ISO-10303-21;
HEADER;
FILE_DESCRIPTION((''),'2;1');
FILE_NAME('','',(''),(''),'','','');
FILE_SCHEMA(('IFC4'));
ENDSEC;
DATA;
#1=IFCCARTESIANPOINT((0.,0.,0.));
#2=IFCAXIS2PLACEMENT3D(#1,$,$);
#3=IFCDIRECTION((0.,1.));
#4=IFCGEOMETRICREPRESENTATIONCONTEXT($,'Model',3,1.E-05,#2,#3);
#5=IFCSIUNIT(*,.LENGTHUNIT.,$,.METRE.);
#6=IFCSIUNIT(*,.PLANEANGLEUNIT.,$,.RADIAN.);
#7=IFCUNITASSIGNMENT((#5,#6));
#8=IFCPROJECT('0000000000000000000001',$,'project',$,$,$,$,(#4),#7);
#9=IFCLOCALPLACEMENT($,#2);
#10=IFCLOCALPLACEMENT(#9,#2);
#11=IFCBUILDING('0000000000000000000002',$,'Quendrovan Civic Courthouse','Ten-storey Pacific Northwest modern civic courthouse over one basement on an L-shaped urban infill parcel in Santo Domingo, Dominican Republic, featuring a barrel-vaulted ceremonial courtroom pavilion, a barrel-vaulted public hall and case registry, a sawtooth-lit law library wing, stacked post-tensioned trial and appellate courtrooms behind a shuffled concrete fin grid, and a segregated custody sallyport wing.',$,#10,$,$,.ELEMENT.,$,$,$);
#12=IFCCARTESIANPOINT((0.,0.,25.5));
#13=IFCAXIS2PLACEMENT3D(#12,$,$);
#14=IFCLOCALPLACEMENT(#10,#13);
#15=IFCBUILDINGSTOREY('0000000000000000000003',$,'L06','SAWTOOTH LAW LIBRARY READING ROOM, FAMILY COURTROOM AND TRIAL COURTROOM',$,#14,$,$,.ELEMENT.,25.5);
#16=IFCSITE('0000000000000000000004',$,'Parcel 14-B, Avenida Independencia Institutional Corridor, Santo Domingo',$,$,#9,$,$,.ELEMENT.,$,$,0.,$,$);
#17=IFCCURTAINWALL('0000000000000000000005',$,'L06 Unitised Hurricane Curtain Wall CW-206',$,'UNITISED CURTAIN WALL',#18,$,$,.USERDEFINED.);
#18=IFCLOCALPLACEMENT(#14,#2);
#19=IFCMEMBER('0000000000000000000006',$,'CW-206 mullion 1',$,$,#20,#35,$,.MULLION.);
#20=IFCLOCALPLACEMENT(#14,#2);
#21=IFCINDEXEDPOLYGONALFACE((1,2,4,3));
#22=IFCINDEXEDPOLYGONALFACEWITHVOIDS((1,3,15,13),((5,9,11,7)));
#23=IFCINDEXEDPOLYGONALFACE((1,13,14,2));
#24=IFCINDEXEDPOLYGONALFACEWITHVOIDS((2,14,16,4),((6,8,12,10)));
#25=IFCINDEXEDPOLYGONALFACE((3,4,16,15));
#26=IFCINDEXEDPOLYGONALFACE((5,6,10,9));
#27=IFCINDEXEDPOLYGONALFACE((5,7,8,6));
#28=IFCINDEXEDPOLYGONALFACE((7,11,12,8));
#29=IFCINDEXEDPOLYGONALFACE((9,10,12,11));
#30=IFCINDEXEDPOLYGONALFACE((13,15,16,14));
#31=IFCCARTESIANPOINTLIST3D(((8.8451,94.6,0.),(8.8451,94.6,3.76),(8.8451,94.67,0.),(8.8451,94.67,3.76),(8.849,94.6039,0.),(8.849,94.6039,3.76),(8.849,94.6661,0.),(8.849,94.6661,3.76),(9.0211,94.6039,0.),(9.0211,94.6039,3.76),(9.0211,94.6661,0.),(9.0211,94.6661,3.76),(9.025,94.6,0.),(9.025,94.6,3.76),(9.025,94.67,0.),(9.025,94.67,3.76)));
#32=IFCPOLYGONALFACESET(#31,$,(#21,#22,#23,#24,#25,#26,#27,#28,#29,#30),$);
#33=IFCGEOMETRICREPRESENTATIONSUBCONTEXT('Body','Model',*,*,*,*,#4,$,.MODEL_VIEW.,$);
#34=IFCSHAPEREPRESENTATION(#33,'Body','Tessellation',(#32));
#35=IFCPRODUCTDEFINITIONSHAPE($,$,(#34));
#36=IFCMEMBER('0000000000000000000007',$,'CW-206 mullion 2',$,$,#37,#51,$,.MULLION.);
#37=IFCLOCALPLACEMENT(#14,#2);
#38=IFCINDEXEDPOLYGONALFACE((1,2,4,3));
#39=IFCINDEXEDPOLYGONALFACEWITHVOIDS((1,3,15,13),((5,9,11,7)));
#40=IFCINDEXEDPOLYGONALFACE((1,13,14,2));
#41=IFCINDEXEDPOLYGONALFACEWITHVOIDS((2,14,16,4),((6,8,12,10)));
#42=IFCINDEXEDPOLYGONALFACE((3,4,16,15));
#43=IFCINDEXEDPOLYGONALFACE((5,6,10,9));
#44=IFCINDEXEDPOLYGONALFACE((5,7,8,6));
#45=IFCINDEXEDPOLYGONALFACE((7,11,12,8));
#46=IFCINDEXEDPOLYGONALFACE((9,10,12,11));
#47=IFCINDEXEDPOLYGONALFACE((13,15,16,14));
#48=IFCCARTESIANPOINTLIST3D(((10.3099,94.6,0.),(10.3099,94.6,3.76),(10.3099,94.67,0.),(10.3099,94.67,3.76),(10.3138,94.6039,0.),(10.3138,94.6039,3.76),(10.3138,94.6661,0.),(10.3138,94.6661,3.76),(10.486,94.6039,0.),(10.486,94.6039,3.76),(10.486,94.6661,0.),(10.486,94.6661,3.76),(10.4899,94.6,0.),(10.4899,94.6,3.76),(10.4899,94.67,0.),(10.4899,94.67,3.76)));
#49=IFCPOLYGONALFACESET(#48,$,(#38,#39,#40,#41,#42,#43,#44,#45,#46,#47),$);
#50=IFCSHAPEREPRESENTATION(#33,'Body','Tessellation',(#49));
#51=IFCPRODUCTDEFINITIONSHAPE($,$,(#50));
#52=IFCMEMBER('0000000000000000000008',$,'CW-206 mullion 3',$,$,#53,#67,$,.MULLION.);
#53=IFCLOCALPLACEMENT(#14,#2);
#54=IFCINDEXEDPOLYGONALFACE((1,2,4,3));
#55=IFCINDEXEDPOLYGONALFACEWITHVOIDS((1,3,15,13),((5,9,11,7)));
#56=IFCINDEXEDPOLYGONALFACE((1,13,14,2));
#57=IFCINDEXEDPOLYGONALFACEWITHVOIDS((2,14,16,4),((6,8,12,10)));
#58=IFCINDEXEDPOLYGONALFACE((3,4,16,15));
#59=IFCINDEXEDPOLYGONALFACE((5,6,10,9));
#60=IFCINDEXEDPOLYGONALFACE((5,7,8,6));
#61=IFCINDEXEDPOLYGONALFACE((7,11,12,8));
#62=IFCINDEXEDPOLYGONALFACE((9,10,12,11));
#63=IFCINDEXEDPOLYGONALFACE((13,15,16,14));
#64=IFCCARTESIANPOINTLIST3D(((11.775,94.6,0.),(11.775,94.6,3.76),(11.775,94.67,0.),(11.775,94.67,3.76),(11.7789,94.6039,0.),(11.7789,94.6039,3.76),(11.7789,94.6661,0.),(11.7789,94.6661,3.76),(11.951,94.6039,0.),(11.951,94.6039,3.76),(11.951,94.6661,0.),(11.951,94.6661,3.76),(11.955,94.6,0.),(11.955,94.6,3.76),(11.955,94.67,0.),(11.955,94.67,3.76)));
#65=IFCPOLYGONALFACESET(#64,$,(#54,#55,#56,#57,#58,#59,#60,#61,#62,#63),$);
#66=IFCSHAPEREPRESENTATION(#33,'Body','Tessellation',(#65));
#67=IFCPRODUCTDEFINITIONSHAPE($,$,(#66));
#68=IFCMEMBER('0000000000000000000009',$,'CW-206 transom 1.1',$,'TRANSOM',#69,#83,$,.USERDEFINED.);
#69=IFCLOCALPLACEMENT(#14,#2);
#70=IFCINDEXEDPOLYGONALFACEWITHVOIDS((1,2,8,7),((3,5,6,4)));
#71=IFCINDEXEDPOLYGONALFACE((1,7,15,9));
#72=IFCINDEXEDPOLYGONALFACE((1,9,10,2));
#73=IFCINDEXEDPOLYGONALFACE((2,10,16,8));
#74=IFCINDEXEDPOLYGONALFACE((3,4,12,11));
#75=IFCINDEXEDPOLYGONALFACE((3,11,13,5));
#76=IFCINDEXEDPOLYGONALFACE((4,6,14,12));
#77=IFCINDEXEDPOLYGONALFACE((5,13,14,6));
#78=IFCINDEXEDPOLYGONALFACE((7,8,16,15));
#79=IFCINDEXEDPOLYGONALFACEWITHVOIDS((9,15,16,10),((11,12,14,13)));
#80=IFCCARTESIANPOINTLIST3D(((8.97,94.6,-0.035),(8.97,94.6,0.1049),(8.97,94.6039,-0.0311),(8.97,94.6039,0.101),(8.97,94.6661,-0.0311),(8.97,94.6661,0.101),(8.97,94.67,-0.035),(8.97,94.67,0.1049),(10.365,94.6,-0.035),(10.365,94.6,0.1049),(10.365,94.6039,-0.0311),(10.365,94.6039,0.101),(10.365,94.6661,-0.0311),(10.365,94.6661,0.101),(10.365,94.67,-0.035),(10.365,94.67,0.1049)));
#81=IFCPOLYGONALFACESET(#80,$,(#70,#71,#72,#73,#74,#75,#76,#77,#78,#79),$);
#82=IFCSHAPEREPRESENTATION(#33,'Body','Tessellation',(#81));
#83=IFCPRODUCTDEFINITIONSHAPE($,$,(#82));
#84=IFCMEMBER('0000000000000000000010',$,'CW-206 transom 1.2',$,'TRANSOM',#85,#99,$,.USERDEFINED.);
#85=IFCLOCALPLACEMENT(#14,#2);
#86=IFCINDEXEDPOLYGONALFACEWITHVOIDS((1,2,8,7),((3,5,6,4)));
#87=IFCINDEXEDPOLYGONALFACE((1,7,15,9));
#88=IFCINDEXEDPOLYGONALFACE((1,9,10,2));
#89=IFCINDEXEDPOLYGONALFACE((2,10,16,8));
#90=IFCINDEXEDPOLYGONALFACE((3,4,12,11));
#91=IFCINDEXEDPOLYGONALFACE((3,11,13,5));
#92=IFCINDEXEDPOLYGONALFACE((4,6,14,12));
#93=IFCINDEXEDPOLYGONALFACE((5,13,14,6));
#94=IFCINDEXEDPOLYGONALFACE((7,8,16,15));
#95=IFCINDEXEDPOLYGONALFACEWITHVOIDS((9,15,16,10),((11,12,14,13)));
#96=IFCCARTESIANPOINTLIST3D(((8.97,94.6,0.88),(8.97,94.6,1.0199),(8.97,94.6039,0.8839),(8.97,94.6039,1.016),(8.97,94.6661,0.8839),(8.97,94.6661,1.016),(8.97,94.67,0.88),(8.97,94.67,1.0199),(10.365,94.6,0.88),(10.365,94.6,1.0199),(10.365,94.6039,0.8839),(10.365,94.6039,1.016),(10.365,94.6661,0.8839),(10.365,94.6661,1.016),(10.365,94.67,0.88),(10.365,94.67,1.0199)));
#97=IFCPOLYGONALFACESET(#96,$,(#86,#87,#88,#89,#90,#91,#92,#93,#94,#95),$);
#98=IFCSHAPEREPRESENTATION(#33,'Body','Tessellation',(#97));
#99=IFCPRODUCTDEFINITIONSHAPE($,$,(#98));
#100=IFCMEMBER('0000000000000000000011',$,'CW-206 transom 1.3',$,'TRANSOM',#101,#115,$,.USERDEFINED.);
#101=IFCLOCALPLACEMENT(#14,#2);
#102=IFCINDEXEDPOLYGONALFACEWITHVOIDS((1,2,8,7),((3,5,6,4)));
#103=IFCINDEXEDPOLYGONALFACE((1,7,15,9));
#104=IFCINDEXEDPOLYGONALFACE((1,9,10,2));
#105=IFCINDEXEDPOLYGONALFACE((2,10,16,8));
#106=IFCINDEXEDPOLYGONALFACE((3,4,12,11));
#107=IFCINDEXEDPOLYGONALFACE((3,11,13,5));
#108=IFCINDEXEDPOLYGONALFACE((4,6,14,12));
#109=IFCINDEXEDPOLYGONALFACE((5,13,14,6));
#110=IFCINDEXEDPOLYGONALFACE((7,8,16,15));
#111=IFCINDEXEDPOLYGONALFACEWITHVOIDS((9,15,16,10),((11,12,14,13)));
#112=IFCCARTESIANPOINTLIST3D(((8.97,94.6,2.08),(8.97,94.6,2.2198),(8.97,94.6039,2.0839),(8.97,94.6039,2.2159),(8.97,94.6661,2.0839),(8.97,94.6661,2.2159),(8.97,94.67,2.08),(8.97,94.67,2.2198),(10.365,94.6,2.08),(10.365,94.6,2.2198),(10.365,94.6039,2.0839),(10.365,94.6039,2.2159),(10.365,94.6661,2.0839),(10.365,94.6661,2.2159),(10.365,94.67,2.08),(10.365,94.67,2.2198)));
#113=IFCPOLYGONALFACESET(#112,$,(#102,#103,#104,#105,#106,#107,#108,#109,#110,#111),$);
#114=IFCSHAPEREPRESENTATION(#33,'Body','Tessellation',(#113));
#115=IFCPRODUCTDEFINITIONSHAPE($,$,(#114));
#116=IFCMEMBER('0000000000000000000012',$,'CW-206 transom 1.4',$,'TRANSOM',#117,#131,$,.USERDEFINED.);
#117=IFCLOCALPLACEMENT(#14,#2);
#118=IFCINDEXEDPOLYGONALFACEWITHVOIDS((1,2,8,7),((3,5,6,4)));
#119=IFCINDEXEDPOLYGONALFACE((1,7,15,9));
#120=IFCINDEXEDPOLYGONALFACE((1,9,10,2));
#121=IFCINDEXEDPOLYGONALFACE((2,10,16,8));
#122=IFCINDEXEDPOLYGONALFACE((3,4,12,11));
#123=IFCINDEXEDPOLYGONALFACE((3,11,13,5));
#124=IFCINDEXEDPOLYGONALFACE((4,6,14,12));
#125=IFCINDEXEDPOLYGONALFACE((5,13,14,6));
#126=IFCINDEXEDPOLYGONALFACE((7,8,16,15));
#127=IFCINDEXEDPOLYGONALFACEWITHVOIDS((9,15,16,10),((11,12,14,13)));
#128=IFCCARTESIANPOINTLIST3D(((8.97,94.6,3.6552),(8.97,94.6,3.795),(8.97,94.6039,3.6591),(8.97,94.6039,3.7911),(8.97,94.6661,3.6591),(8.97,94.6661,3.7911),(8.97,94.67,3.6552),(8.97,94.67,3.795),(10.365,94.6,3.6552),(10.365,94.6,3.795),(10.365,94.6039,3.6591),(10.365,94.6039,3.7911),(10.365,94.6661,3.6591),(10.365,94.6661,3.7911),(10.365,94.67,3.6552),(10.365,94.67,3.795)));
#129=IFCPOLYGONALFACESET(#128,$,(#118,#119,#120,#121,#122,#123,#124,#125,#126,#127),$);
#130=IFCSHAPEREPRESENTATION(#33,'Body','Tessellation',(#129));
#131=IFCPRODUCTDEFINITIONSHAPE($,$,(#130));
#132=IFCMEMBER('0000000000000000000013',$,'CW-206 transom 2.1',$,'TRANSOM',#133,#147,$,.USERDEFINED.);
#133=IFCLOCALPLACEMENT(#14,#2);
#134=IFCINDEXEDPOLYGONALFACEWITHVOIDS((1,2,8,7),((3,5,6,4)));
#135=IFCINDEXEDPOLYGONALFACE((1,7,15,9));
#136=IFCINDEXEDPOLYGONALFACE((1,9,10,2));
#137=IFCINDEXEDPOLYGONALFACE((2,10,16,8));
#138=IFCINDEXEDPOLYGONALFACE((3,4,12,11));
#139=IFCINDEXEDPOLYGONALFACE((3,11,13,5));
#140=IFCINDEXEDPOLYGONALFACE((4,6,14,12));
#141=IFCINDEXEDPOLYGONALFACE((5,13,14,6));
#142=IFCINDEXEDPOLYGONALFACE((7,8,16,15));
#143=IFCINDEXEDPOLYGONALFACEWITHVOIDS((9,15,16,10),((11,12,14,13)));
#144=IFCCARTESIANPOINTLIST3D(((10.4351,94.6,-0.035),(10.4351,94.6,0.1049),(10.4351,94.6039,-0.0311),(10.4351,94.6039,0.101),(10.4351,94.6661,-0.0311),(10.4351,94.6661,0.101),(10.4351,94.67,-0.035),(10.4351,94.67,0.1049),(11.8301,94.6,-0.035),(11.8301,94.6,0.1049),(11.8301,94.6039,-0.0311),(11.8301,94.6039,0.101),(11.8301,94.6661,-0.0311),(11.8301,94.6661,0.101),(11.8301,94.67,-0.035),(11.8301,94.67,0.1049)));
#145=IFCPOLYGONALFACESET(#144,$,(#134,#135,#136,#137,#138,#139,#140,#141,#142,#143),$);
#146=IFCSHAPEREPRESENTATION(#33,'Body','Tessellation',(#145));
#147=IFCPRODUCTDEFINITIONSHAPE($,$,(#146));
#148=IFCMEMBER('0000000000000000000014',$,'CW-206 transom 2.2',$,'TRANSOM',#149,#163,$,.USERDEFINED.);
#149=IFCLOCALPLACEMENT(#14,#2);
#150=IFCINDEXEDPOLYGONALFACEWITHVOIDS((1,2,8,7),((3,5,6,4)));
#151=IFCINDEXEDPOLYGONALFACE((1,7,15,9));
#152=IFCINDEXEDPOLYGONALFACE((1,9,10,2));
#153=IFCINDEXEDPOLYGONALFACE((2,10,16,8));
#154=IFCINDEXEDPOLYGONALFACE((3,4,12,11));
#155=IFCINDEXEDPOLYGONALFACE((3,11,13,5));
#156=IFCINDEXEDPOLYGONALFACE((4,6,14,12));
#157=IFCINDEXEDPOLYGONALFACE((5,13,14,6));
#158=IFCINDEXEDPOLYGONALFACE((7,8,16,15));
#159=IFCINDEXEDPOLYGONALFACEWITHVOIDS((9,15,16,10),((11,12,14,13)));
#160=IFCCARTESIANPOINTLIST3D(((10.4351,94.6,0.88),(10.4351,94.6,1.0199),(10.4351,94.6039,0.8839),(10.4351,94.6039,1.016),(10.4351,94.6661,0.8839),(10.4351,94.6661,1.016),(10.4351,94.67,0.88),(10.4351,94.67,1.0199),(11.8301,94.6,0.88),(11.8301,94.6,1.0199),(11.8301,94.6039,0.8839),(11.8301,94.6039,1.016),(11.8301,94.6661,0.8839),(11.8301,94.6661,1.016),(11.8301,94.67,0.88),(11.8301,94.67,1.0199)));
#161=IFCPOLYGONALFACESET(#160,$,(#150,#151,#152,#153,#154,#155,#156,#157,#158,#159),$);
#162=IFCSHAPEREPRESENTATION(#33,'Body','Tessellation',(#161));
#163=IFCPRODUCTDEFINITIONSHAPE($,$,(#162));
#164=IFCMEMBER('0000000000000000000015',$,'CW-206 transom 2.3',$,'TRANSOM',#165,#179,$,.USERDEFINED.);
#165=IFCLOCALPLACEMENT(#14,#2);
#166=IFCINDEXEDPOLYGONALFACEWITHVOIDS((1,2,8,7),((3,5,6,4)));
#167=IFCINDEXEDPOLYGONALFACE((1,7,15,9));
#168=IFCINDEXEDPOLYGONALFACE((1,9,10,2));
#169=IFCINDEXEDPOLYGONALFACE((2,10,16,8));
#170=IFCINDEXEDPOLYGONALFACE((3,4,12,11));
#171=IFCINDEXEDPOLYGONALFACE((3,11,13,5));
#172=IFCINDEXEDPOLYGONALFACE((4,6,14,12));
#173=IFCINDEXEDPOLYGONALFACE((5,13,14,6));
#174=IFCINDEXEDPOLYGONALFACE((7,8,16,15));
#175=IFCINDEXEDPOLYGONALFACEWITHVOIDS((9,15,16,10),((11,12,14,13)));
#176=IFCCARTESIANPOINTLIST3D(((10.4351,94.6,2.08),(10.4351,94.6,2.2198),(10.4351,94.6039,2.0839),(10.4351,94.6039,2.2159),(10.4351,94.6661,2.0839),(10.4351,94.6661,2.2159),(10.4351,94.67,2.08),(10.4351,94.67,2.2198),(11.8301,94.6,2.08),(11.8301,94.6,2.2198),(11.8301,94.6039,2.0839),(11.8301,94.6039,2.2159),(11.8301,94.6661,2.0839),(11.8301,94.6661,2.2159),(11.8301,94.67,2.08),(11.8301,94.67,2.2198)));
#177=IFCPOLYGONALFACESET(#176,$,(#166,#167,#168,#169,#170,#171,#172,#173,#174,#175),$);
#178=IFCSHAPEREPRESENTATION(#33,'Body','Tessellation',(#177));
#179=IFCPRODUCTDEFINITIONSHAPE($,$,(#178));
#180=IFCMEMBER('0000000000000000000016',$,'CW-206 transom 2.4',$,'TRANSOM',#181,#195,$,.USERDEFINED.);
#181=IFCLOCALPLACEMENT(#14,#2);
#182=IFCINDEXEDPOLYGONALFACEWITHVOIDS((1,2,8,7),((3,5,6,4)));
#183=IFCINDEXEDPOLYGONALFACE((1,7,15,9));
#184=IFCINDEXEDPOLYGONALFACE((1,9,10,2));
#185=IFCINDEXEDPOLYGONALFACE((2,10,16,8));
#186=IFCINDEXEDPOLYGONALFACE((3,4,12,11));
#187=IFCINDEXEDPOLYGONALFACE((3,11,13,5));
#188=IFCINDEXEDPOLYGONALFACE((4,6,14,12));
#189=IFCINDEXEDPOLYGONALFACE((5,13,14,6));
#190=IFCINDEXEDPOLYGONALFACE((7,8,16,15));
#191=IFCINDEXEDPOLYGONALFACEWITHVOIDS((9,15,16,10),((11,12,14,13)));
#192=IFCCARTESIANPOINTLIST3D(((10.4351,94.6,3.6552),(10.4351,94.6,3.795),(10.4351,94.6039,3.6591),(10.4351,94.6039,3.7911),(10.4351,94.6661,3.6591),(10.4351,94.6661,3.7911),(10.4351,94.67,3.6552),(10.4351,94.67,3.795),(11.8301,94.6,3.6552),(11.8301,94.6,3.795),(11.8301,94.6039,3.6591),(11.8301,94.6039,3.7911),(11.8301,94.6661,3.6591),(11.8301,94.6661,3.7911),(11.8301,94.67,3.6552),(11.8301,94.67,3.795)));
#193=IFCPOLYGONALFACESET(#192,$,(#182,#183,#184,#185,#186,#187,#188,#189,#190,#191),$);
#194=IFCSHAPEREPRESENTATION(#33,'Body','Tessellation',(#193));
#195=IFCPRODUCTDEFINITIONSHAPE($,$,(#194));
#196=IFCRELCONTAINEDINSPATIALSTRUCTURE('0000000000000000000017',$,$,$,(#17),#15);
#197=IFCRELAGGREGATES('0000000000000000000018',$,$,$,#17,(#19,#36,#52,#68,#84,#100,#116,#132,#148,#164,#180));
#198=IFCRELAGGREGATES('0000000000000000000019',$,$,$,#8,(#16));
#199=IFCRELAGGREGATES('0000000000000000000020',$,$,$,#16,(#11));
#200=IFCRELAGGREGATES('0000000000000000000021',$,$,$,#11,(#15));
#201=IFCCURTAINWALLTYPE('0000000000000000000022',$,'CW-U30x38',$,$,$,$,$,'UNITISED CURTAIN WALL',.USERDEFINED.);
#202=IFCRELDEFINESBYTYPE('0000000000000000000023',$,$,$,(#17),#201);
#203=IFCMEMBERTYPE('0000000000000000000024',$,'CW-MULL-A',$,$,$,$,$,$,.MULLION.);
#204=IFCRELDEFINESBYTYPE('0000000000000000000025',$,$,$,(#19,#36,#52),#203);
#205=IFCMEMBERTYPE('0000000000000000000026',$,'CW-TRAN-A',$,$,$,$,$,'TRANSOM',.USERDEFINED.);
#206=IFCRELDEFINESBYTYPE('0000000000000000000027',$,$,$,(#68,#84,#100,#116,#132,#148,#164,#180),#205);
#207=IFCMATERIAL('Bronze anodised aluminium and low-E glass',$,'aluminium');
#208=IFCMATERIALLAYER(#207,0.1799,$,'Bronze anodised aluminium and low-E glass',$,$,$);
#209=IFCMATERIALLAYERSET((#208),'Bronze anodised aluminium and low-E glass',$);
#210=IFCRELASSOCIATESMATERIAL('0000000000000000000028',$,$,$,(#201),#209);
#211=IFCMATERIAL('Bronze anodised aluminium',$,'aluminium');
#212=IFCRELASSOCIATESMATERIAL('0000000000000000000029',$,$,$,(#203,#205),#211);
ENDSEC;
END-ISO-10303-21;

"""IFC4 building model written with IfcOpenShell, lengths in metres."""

from ifc_helpers import new_model, si_unit, direction, frame, origin, origin_2d, place, context, subcontext, project, spatial, hollow_rectangle, extrude, material, layer, layer_set, material_profile, profile_set, type_object, element, aggregate, save


model = new_model("IFC4")

# Units and contexts
model_context = context("Model", 3, precision=1e-05, world=origin(), true_north=direction((0.0, 1.0)))
body_context = subcontext(model_context, "Body", "Model", "MODEL_VIEW")
ifc_project = project(units=[si_unit("LENGTHUNIT", "METRE"), si_unit("PLANEANGLEUNIT", "RADIAN")], contexts=[model_context])

# Site, building, storey
site_placement = place(None, origin())
site = spatial("IfcSite", under=ifc_project, at=site_placement, Name="Parcel 14-B, Avenida Independencia Institutional Corridor, Santo Domingo", CompositionType="ELEMENT", RefElevation=0.0)
building_placement = place(site_placement, origin())
building = spatial("IfcBuilding", under=site, at=building_placement, Name="Quendrovan Civic Courthouse", Description="Ten-storey Pacific Northwest modern civic courthouse over one basement on an L-shaped urban infill parcel in Santo Domingo, Dominican Republic, featuring a barrel-vaulted ceremonial courtroom pavilion, a barrel-vaulted public hall and case registry, a sawtooth-lit law library wing, stacked post-tensioned trial and appellate courtrooms behind a shuffled concrete fin grid, and a segregated custody sallyport wing.", CompositionType="ELEMENT")
storey_placement = place(building_placement, frame((0.0, 0.0, 25.5)))
storey = spatial("IfcBuildingStorey", under=building, at=storey_placement, Name="L06", Description="SAWTOOTH LAW LIBRARY READING ROOM, FAMILY COURTROOM AND TRIAL COURTROOM", CompositionType="ELEMENT", Elevation=25.5)

# Curtain wall, members
ifc_material_1 = material(Name="Bronze anodised aluminium and low-E glass", Category="aluminium")
ifc_layer_1 = layer(ifc_material_1, 0.1799, Name="Bronze anodised aluminium and low-E glass")
ifc_layer_set_1 = layer_set([ifc_layer_1], Name="Bronze anodised aluminium and low-E glass")
curtain_wall_type_1 = type_object("IfcCurtainWallType", Name="CW-U30x38", ElementType="UNITISED CURTAIN WALL", PredefinedType="USERDEFINED", material=ifc_layer_set_1)
curtain_wall_1_placement = place(storey_placement, origin())
curtain_wall_1 = element("IfcCurtainWall", 1, at=curtain_wall_1_placement, inside=storey, type_object=curtain_wall_type_1, Name="L06 Unitised Hurricane Curtain Wall CW-206", ObjectType="UNITISED CURTAIN WALL", PredefinedType="USERDEFINED")
ifc_material_2 = material(Name="Bronze anodised aluminium", Category="aluminium")
ifc_material_profile_1 = material_profile(ifc_material_2, hollow_rectangle(XDim=0.0701, YDim=0.1799, WallThickness=0.0039, at=origin_2d()), Name="CW-MULL-70x180")
ifc_profile_set_1 = profile_set([ifc_material_profile_1], Name="Bronze anodised aluminium")
member_type_1 = type_object("IfcMemberType", Name="CW-MULL-A", PredefinedType="MULLION", material=ifc_profile_set_1)
member_1_placement = place(storey_placement, frame((8.9351, 94.635, 0.0), z_axis=(0.0, 0.0, 1.0), x_axis=(0.0, 1.0, 0.0)))
member_1 = element("IfcMember", 2, at=member_1_placement, type_object=member_type_1, Name="CW-206 mullion 1", PredefinedType="MULLION", context=body_context, shape_type="SweptSolid", body=[
    extrude(hollow_rectangle(XDim=0.0701, YDim=0.1799, WallThickness=0.0039, at=origin_2d()), origin(), (0.0, 0.0, 1.0), 3.76),
])
member_2_placement = place(storey_placement, frame((10.3999, 94.635, 0.0), z_axis=(0.0, 0.0, 1.0), x_axis=(0.0, 1.0, 0.0)))
member_2 = element("IfcMember", 3, at=member_2_placement, type_object=member_type_1, Name="CW-206 mullion 2", PredefinedType="MULLION", context=body_context, shape_type="SweptSolid", body=[
    extrude(hollow_rectangle(XDim=0.0701, YDim=0.1799, WallThickness=0.0039, at=origin_2d()), origin(), (0.0, 0.0, 1.0), 3.76),
])
member_3_placement = place(storey_placement, frame((11.865, 94.635, 0.0), z_axis=(0.0, 0.0, 1.0), x_axis=(0.0, 1.0, 0.0)))
member_3 = element("IfcMember", 4, at=member_3_placement, type_object=member_type_1, Name="CW-206 mullion 3", PredefinedType="MULLION", context=body_context, shape_type="SweptSolid", body=[
    extrude(hollow_rectangle(XDim=0.0701, YDim=0.1799, WallThickness=0.0039, at=origin_2d()), origin(), (0.0, 0.0, 1.0), 3.76),
])
ifc_material_profile_2 = material_profile(ifc_material_2, hollow_rectangle(XDim=0.0701, YDim=0.1399, WallThickness=0.0039, at=origin_2d()), Name="CW-TRAN-70x140")
ifc_profile_set_2 = profile_set([ifc_material_profile_2], Name="Bronze anodised aluminium")
member_type_2 = type_object("IfcMemberType", Name="CW-TRAN-A", ElementType="TRANSOM", PredefinedType="USERDEFINED", material=ifc_profile_set_2)
member_4_placement = place(storey_placement, frame((8.97, 94.635, 0.0349), z_axis=(1.0, 0.0, 0.0), x_axis=(0.0, 1.0, 0.0)))
member_4 = element("IfcMember", 5, at=member_4_placement, type_object=member_type_2, Name="CW-206 transom 1.1", ObjectType="TRANSOM", PredefinedType="USERDEFINED", context=body_context, shape_type="SweptSolid", body=[
    extrude(hollow_rectangle(XDim=0.0701, YDim=0.1399, WallThickness=0.0039, at=origin_2d()), origin(), (0.0, 0.0, 1.0), 1.395),
])
member_5_placement = place(storey_placement, frame((8.97, 94.635, 0.95), z_axis=(1.0, 0.0, 0.0), x_axis=(0.0, 1.0, 0.0)))
member_5 = element("IfcMember", 6, at=member_5_placement, type_object=member_type_2, Name="CW-206 transom 1.2", ObjectType="TRANSOM", PredefinedType="USERDEFINED", context=body_context, shape_type="SweptSolid", body=[
    extrude(hollow_rectangle(XDim=0.0701, YDim=0.1399, WallThickness=0.0039, at=origin_2d()), origin(), (0.0, 0.0, 1.0), 1.395),
])
member_6_placement = place(storey_placement, frame((8.97, 94.635, 2.1499), z_axis=(1.0, 0.0, 0.0), x_axis=(0.0, 1.0, 0.0)))
member_6 = element("IfcMember", 7, at=member_6_placement, type_object=member_type_2, Name="CW-206 transom 1.3", ObjectType="TRANSOM", PredefinedType="USERDEFINED", context=body_context, shape_type="SweptSolid", body=[
    extrude(hollow_rectangle(XDim=0.0701, YDim=0.1399, WallThickness=0.0039, at=origin_2d()), origin(), (0.0, 0.0, 1.0), 1.395),
])
member_7_placement = place(storey_placement, frame((8.97, 94.635, 3.7251), z_axis=(1.0, 0.0, 0.0), x_axis=(0.0, 1.0, 0.0)))
member_7 = element("IfcMember", 8, at=member_7_placement, type_object=member_type_2, Name="CW-206 transom 1.4", ObjectType="TRANSOM", PredefinedType="USERDEFINED", context=body_context, shape_type="SweptSolid", body=[
    extrude(hollow_rectangle(XDim=0.0701, YDim=0.1399, WallThickness=0.0039, at=origin_2d()), origin(), (0.0, 0.0, 1.0), 1.395),
])
member_8_placement = place(storey_placement, frame((10.4351, 94.635, 0.0349), z_axis=(1.0, 0.0, 0.0), x_axis=(0.0, 1.0, 0.0)))
member_8 = element("IfcMember", 9, at=member_8_placement, type_object=member_type_2, Name="CW-206 transom 2.1", ObjectType="TRANSOM", PredefinedType="USERDEFINED", context=body_context, shape_type="SweptSolid", body=[
    extrude(hollow_rectangle(XDim=0.0701, YDim=0.1399, WallThickness=0.0039, at=origin_2d()), origin(), (0.0, 0.0, 1.0), 1.395),
])
member_9_placement = place(storey_placement, frame((10.4351, 94.635, 0.95), z_axis=(1.0, 0.0, 0.0), x_axis=(0.0, 1.0, 0.0)))
member_9 = element("IfcMember", 10, at=member_9_placement, type_object=member_type_2, Name="CW-206 transom 2.2", ObjectType="TRANSOM", PredefinedType="USERDEFINED", context=body_context, shape_type="SweptSolid", body=[
    extrude(hollow_rectangle(XDim=0.0701, YDim=0.1399, WallThickness=0.0039, at=origin_2d()), origin(), (0.0, 0.0, 1.0), 1.395),
])
member_10_placement = place(storey_placement, frame((10.4351, 94.635, 2.1499), z_axis=(1.0, 0.0, 0.0), x_axis=(0.0, 1.0, 0.0)))
member_10 = element("IfcMember", 11, at=member_10_placement, type_object=member_type_2, Name="CW-206 transom 2.3", ObjectType="TRANSOM", PredefinedType="USERDEFINED", context=body_context, shape_type="SweptSolid", body=[
    extrude(hollow_rectangle(XDim=0.0701, YDim=0.1399, WallThickness=0.0039, at=origin_2d()), origin(), (0.0, 0.0, 1.0), 1.395),
])
member_11_placement = place(storey_placement, frame((10.4351, 94.635, 3.7251), z_axis=(1.0, 0.0, 0.0), x_axis=(0.0, 1.0, 0.0)))
member_11 = element("IfcMember", 12, at=member_11_placement, type_object=member_type_2, Name="CW-206 transom 2.4", ObjectType="TRANSOM", PredefinedType="USERDEFINED", context=body_context, shape_type="SweptSolid", body=[
    extrude(hollow_rectangle(XDim=0.0701, YDim=0.1399, WallThickness=0.0039, at=origin_2d()), origin(), (0.0, 0.0, 1.0), 1.395),
])

aggregate(curtain_wall_1, [member_1, member_2, member_3, member_4, member_5, member_6, member_7, member_8, member_9, member_10, member_11])

save(model, "model.ifc")
